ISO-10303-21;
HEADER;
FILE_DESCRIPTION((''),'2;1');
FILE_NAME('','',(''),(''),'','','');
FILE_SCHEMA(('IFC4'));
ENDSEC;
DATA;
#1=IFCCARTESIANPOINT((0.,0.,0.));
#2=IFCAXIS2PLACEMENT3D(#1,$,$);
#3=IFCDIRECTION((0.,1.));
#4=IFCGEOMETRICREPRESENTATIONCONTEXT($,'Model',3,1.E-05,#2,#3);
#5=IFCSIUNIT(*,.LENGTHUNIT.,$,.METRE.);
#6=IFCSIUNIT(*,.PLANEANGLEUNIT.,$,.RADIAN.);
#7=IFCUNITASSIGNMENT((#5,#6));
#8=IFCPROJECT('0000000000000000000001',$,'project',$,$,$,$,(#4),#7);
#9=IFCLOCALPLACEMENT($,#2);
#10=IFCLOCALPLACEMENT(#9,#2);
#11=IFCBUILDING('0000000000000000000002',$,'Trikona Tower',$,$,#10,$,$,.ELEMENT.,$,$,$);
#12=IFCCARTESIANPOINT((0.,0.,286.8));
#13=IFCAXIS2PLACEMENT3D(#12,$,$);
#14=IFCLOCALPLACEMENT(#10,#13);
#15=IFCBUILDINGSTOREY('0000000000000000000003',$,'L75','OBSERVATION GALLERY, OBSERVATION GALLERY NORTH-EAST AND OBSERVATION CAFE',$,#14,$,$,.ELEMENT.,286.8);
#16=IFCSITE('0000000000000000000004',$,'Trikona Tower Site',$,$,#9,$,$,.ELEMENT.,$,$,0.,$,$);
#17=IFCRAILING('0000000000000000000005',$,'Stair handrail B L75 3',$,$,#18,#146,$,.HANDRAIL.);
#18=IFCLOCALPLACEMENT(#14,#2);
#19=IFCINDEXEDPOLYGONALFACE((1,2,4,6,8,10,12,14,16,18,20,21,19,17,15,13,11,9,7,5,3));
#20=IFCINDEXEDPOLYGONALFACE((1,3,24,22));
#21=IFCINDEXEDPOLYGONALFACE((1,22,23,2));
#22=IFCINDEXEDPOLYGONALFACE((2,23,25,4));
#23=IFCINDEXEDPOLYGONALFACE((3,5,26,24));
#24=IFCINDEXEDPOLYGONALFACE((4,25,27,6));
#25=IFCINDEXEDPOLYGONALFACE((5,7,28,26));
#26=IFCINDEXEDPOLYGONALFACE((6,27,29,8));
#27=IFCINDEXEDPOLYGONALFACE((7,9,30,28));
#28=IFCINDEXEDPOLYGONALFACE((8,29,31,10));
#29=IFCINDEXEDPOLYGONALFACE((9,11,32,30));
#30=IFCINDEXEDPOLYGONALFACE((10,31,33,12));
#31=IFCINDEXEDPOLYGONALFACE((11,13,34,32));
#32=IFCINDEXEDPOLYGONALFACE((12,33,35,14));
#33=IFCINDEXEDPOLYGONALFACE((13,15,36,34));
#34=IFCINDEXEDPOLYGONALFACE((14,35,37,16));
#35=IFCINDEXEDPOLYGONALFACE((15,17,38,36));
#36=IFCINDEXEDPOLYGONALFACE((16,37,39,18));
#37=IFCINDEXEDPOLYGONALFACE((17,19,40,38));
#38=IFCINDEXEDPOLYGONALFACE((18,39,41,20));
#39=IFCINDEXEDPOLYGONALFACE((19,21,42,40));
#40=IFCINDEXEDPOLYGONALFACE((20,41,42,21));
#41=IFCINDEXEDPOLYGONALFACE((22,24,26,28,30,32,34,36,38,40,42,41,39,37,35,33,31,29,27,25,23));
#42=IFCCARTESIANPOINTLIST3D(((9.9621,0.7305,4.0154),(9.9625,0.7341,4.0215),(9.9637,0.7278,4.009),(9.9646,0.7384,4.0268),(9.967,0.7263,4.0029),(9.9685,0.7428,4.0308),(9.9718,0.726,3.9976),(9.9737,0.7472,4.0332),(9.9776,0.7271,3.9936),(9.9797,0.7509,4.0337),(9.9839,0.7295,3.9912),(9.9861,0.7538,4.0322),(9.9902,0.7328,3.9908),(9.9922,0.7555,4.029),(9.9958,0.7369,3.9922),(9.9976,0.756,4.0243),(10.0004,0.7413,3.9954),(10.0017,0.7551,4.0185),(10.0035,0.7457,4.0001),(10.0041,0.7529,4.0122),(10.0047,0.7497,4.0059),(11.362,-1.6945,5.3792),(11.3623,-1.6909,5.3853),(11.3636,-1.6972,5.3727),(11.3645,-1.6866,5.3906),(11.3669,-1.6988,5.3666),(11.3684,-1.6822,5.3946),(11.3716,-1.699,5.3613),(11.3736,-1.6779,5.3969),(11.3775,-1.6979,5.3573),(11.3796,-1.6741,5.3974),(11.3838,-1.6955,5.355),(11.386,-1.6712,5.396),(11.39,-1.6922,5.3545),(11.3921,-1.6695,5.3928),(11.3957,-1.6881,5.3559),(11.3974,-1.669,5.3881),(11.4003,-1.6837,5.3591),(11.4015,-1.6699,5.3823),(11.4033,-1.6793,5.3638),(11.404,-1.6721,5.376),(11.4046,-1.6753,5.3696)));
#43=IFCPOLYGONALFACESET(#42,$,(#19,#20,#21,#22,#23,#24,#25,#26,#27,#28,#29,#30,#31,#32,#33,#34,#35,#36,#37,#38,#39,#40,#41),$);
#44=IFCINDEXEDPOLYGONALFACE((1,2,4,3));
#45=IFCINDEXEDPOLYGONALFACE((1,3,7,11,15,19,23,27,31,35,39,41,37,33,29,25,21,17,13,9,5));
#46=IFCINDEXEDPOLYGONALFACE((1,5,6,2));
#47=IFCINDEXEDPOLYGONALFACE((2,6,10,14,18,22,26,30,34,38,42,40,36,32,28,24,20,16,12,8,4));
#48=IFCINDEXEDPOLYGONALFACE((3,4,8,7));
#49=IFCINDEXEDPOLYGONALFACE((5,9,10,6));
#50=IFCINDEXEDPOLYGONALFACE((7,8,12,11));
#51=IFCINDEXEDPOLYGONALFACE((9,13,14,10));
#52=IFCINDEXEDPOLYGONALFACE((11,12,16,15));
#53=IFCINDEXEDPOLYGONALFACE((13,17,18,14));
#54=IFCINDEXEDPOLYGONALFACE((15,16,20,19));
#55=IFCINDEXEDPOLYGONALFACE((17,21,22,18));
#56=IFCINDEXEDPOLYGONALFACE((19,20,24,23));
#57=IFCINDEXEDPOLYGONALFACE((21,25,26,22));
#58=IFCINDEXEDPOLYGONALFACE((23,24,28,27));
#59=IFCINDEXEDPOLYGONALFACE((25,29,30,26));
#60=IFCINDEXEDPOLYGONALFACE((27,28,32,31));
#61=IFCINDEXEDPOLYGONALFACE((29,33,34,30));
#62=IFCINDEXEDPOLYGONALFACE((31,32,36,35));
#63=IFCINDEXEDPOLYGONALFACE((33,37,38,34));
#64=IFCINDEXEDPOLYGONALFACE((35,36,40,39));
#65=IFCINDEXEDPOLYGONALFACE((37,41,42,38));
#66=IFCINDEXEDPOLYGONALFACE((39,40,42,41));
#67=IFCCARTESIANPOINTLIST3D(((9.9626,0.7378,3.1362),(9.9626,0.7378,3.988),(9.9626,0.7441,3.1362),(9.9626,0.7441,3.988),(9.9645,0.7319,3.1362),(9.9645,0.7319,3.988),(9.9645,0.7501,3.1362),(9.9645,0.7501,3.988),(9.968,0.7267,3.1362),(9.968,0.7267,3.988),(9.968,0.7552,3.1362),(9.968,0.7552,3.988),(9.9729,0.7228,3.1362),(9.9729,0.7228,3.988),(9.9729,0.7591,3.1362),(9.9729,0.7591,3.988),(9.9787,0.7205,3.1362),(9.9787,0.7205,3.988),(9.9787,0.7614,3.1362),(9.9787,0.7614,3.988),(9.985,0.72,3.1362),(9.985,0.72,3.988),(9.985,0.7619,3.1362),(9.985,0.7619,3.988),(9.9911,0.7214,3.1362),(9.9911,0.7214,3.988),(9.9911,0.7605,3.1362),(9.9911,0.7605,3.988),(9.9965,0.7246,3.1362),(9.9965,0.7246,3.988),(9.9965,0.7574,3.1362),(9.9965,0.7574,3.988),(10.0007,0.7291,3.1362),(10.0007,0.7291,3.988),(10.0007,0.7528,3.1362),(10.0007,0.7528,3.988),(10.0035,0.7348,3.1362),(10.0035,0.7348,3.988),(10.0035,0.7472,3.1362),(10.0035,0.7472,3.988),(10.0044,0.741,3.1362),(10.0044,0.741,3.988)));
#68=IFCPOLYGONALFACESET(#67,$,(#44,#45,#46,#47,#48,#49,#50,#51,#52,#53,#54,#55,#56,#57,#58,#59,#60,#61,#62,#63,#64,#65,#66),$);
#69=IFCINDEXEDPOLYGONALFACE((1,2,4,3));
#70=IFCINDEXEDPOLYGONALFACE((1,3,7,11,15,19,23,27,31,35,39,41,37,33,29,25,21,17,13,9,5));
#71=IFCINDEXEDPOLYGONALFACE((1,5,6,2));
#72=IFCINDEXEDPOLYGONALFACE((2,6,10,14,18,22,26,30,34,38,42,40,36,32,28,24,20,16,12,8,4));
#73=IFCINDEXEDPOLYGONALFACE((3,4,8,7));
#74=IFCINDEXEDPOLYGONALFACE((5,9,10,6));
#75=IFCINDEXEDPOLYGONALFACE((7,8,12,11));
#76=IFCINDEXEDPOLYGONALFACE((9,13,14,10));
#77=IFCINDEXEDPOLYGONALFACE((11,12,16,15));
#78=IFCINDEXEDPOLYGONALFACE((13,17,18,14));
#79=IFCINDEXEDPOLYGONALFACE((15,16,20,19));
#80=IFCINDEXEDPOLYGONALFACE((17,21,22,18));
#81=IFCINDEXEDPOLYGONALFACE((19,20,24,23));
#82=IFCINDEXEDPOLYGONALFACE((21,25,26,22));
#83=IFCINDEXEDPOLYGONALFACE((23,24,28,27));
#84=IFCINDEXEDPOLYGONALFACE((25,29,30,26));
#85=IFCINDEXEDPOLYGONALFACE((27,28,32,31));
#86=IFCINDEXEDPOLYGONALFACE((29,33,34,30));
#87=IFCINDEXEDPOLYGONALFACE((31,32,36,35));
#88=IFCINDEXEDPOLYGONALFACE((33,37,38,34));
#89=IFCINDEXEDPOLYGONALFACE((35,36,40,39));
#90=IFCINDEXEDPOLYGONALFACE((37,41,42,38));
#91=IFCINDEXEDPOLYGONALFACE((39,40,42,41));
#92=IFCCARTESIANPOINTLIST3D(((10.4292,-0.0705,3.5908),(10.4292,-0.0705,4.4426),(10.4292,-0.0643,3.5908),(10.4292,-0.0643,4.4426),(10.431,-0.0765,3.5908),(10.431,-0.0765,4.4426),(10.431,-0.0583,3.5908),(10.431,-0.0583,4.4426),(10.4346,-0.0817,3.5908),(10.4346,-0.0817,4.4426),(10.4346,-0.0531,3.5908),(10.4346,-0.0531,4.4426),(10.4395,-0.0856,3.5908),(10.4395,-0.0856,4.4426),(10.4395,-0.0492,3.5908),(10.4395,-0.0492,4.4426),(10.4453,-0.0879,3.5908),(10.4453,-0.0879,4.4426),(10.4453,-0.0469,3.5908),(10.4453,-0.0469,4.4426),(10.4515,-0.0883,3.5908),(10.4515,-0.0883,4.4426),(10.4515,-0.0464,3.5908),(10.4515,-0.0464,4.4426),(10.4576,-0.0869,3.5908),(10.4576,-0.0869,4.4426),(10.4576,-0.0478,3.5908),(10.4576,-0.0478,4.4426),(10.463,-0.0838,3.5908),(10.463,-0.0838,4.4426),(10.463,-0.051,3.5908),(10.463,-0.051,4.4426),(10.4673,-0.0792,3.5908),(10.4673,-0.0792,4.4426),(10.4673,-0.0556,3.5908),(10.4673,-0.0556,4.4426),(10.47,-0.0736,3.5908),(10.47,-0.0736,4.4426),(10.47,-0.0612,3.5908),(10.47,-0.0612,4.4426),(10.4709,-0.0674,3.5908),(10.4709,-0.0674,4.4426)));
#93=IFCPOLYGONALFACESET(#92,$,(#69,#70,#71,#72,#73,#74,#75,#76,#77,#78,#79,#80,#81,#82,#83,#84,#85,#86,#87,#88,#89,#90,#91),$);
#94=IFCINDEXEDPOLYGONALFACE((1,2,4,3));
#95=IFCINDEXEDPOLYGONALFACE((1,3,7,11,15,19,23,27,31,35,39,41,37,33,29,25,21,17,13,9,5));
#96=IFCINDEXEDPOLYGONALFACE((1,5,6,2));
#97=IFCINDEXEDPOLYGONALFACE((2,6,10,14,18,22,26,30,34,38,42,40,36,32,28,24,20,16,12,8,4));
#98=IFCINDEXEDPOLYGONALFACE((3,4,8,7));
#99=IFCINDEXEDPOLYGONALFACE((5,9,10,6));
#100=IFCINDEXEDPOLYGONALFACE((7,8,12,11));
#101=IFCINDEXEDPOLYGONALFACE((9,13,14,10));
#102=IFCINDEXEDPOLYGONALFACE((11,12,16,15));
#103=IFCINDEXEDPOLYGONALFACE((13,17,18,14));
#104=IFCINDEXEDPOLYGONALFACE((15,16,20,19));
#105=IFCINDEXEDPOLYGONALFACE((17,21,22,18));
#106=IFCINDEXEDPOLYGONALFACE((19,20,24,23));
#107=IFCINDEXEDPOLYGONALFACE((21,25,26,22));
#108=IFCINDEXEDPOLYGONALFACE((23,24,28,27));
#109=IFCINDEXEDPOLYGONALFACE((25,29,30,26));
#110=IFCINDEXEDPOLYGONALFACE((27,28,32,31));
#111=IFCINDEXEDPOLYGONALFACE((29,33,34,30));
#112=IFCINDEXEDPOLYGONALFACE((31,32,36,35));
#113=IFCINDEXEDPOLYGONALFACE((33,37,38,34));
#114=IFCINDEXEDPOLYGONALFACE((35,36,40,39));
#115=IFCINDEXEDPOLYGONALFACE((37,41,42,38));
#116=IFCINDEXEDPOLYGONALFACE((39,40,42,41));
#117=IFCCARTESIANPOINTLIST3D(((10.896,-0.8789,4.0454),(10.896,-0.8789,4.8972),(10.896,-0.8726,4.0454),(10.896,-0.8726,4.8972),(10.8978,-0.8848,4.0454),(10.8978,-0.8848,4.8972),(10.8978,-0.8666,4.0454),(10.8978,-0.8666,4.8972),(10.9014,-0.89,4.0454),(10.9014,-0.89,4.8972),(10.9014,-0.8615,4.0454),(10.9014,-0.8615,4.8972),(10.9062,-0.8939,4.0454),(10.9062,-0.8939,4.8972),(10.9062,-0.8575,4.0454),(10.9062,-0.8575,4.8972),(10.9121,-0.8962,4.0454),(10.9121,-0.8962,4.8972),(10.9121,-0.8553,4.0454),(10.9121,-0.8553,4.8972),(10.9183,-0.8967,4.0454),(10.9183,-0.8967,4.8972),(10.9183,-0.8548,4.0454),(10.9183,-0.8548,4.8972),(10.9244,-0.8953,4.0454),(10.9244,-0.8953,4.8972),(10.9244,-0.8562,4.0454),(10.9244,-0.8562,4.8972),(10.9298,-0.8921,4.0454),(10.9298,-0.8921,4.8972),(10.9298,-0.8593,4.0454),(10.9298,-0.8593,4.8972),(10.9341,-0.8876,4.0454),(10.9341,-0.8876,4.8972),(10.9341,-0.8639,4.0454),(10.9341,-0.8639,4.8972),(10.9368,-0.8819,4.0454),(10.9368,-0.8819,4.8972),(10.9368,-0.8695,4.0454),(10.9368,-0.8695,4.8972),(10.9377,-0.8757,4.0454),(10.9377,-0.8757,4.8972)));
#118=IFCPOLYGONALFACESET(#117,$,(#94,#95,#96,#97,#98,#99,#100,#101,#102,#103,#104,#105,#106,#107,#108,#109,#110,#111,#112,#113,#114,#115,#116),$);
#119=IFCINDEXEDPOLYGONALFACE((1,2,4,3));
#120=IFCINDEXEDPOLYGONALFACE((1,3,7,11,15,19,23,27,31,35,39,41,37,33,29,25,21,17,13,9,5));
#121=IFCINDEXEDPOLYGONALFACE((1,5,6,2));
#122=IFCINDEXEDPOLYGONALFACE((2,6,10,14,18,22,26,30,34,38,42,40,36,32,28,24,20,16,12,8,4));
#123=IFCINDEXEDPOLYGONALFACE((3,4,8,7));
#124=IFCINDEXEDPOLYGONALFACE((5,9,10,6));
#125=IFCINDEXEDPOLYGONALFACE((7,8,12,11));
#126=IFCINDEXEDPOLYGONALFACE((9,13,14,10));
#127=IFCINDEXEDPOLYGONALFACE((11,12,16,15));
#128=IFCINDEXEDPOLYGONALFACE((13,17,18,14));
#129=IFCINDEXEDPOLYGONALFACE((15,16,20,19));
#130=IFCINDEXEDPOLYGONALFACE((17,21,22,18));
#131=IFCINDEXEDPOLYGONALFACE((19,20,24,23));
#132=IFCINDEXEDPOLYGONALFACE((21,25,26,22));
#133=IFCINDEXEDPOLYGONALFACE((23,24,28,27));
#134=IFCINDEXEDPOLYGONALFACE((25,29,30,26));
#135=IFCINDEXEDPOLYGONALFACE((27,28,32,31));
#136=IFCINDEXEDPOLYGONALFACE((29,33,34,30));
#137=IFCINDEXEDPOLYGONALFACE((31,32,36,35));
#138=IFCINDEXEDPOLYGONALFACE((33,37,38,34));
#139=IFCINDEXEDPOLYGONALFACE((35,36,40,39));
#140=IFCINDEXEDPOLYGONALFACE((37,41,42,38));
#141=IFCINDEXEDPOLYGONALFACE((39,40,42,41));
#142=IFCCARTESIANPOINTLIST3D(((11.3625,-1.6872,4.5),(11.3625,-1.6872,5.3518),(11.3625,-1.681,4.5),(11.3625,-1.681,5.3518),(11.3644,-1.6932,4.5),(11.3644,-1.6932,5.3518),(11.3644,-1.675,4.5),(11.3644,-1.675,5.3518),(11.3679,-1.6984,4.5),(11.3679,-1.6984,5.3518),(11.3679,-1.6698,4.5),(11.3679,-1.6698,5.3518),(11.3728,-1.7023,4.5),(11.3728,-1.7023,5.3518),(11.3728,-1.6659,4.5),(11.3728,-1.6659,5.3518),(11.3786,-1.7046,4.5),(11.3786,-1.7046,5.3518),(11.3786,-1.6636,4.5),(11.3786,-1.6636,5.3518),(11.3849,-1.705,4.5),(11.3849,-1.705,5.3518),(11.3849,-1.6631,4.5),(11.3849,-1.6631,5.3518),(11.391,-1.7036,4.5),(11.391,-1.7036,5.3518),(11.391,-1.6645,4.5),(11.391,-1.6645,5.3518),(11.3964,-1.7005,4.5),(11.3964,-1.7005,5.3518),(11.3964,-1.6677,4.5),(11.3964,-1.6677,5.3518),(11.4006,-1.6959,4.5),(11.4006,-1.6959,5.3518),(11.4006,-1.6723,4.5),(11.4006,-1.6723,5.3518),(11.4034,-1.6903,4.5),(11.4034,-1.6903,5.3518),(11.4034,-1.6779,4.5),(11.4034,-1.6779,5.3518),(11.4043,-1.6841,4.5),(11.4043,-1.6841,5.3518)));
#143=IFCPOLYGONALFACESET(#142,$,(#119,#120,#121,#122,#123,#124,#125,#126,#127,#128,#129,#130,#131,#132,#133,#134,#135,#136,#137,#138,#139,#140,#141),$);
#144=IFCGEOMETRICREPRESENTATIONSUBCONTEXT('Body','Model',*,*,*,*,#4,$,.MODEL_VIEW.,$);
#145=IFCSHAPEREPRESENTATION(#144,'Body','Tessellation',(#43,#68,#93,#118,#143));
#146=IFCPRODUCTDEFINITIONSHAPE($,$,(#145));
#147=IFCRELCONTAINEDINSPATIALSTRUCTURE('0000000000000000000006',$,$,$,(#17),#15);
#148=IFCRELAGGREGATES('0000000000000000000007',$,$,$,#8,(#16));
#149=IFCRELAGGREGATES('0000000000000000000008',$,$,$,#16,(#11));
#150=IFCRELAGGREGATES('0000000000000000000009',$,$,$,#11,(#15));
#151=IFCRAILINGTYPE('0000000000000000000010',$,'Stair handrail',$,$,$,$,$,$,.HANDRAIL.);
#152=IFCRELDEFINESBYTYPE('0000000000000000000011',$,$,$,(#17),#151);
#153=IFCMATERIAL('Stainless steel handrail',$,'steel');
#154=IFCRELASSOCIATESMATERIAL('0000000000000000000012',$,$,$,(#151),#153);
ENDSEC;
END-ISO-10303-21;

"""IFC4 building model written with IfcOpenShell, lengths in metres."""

from ifc_helpers import new_model, si_unit, direction, frame, origin, origin_2d, place, context, subcontext, project, spatial, circle, extrude, material, type_object, element, save


model = new_model("IFC4")

# Units and contexts
model_context = context("Model", 3, precision=1e-05, world=origin(), true_north=direction((0.0, 1.0)))
body_context = subcontext(model_context, "Body", "Model", "MODEL_VIEW")
ifc_project = project(units=[si_unit("LENGTHUNIT", "METRE"), si_unit("PLANEANGLEUNIT", "RADIAN")], contexts=[model_context])

# Site, building, storey
site_placement = place(None, origin())
site = spatial("IfcSite", under=ifc_project, at=site_placement, Name="Trikona Tower Site", CompositionType="ELEMENT", RefElevation=0.0)
building_placement = place(site_placement, origin())
building = spatial("IfcBuilding", under=site, at=building_placement, Name="Trikona Tower", CompositionType="ELEMENT")
storey_placement = place(building_placement, frame((0.0, 0.0, 286.8)))
storey = spatial("IfcBuildingStorey", under=building, at=storey_placement, Name="L75", Description="OBSERVATION GALLERY, OBSERVATION GALLERY NORTH-EAST AND OBSERVATION CAFE", CompositionType="ELEMENT", Elevation=286.8)

# Railing
ifc_material_1 = material(Name="Stainless steel handrail", Category="steel")
railing_type = type_object("IfcRailingType", Name="Stair handrail", PredefinedType="HANDRAIL", material=ifc_material_1)
for number, where, name in (
    (1, (9.9834, 0.741, 3.1362), "Stair handrail B L75 3"),
):
    element("IfcRailing", number, at=place(storey_placement, frame(where)), inside=storey, type_object=railing_type, Name=name, PredefinedType="HANDRAIL", context=body_context, shape_type="SweptSolid", body=[
        extrude(circle(Radius=0.0239, at=origin_2d()), frame((0.0, 0.0, 0.876), z_axis=(0.449471, -0.778618, 0.43787), x_axis=(0.866056, 0.499946, 0.0)), (0.0, 0.0, 1.0), 3.1145),
        extrude(circle(Radius=0.021, at=origin_2d()), origin(), (0.0, 0.0, 1.0), 0.8518),
        extrude(circle(Radius=0.021, at=origin_2d()), frame((0.4666, -0.8083, 0.4546)), (0.0, 0.0, 1.0), 0.8518),
        extrude(circle(Radius=0.021, at=origin_2d()), frame((0.9333, -1.6167, 0.9092)), (0.0, 0.0, 1.0), 0.8518),
        extrude(circle(Radius=0.021, at=origin_2d()), frame((1.3999, -2.425, 1.3638)), (0.0, 0.0, 1.0), 0.8518),
    ])

save(model, "model.ifc")
